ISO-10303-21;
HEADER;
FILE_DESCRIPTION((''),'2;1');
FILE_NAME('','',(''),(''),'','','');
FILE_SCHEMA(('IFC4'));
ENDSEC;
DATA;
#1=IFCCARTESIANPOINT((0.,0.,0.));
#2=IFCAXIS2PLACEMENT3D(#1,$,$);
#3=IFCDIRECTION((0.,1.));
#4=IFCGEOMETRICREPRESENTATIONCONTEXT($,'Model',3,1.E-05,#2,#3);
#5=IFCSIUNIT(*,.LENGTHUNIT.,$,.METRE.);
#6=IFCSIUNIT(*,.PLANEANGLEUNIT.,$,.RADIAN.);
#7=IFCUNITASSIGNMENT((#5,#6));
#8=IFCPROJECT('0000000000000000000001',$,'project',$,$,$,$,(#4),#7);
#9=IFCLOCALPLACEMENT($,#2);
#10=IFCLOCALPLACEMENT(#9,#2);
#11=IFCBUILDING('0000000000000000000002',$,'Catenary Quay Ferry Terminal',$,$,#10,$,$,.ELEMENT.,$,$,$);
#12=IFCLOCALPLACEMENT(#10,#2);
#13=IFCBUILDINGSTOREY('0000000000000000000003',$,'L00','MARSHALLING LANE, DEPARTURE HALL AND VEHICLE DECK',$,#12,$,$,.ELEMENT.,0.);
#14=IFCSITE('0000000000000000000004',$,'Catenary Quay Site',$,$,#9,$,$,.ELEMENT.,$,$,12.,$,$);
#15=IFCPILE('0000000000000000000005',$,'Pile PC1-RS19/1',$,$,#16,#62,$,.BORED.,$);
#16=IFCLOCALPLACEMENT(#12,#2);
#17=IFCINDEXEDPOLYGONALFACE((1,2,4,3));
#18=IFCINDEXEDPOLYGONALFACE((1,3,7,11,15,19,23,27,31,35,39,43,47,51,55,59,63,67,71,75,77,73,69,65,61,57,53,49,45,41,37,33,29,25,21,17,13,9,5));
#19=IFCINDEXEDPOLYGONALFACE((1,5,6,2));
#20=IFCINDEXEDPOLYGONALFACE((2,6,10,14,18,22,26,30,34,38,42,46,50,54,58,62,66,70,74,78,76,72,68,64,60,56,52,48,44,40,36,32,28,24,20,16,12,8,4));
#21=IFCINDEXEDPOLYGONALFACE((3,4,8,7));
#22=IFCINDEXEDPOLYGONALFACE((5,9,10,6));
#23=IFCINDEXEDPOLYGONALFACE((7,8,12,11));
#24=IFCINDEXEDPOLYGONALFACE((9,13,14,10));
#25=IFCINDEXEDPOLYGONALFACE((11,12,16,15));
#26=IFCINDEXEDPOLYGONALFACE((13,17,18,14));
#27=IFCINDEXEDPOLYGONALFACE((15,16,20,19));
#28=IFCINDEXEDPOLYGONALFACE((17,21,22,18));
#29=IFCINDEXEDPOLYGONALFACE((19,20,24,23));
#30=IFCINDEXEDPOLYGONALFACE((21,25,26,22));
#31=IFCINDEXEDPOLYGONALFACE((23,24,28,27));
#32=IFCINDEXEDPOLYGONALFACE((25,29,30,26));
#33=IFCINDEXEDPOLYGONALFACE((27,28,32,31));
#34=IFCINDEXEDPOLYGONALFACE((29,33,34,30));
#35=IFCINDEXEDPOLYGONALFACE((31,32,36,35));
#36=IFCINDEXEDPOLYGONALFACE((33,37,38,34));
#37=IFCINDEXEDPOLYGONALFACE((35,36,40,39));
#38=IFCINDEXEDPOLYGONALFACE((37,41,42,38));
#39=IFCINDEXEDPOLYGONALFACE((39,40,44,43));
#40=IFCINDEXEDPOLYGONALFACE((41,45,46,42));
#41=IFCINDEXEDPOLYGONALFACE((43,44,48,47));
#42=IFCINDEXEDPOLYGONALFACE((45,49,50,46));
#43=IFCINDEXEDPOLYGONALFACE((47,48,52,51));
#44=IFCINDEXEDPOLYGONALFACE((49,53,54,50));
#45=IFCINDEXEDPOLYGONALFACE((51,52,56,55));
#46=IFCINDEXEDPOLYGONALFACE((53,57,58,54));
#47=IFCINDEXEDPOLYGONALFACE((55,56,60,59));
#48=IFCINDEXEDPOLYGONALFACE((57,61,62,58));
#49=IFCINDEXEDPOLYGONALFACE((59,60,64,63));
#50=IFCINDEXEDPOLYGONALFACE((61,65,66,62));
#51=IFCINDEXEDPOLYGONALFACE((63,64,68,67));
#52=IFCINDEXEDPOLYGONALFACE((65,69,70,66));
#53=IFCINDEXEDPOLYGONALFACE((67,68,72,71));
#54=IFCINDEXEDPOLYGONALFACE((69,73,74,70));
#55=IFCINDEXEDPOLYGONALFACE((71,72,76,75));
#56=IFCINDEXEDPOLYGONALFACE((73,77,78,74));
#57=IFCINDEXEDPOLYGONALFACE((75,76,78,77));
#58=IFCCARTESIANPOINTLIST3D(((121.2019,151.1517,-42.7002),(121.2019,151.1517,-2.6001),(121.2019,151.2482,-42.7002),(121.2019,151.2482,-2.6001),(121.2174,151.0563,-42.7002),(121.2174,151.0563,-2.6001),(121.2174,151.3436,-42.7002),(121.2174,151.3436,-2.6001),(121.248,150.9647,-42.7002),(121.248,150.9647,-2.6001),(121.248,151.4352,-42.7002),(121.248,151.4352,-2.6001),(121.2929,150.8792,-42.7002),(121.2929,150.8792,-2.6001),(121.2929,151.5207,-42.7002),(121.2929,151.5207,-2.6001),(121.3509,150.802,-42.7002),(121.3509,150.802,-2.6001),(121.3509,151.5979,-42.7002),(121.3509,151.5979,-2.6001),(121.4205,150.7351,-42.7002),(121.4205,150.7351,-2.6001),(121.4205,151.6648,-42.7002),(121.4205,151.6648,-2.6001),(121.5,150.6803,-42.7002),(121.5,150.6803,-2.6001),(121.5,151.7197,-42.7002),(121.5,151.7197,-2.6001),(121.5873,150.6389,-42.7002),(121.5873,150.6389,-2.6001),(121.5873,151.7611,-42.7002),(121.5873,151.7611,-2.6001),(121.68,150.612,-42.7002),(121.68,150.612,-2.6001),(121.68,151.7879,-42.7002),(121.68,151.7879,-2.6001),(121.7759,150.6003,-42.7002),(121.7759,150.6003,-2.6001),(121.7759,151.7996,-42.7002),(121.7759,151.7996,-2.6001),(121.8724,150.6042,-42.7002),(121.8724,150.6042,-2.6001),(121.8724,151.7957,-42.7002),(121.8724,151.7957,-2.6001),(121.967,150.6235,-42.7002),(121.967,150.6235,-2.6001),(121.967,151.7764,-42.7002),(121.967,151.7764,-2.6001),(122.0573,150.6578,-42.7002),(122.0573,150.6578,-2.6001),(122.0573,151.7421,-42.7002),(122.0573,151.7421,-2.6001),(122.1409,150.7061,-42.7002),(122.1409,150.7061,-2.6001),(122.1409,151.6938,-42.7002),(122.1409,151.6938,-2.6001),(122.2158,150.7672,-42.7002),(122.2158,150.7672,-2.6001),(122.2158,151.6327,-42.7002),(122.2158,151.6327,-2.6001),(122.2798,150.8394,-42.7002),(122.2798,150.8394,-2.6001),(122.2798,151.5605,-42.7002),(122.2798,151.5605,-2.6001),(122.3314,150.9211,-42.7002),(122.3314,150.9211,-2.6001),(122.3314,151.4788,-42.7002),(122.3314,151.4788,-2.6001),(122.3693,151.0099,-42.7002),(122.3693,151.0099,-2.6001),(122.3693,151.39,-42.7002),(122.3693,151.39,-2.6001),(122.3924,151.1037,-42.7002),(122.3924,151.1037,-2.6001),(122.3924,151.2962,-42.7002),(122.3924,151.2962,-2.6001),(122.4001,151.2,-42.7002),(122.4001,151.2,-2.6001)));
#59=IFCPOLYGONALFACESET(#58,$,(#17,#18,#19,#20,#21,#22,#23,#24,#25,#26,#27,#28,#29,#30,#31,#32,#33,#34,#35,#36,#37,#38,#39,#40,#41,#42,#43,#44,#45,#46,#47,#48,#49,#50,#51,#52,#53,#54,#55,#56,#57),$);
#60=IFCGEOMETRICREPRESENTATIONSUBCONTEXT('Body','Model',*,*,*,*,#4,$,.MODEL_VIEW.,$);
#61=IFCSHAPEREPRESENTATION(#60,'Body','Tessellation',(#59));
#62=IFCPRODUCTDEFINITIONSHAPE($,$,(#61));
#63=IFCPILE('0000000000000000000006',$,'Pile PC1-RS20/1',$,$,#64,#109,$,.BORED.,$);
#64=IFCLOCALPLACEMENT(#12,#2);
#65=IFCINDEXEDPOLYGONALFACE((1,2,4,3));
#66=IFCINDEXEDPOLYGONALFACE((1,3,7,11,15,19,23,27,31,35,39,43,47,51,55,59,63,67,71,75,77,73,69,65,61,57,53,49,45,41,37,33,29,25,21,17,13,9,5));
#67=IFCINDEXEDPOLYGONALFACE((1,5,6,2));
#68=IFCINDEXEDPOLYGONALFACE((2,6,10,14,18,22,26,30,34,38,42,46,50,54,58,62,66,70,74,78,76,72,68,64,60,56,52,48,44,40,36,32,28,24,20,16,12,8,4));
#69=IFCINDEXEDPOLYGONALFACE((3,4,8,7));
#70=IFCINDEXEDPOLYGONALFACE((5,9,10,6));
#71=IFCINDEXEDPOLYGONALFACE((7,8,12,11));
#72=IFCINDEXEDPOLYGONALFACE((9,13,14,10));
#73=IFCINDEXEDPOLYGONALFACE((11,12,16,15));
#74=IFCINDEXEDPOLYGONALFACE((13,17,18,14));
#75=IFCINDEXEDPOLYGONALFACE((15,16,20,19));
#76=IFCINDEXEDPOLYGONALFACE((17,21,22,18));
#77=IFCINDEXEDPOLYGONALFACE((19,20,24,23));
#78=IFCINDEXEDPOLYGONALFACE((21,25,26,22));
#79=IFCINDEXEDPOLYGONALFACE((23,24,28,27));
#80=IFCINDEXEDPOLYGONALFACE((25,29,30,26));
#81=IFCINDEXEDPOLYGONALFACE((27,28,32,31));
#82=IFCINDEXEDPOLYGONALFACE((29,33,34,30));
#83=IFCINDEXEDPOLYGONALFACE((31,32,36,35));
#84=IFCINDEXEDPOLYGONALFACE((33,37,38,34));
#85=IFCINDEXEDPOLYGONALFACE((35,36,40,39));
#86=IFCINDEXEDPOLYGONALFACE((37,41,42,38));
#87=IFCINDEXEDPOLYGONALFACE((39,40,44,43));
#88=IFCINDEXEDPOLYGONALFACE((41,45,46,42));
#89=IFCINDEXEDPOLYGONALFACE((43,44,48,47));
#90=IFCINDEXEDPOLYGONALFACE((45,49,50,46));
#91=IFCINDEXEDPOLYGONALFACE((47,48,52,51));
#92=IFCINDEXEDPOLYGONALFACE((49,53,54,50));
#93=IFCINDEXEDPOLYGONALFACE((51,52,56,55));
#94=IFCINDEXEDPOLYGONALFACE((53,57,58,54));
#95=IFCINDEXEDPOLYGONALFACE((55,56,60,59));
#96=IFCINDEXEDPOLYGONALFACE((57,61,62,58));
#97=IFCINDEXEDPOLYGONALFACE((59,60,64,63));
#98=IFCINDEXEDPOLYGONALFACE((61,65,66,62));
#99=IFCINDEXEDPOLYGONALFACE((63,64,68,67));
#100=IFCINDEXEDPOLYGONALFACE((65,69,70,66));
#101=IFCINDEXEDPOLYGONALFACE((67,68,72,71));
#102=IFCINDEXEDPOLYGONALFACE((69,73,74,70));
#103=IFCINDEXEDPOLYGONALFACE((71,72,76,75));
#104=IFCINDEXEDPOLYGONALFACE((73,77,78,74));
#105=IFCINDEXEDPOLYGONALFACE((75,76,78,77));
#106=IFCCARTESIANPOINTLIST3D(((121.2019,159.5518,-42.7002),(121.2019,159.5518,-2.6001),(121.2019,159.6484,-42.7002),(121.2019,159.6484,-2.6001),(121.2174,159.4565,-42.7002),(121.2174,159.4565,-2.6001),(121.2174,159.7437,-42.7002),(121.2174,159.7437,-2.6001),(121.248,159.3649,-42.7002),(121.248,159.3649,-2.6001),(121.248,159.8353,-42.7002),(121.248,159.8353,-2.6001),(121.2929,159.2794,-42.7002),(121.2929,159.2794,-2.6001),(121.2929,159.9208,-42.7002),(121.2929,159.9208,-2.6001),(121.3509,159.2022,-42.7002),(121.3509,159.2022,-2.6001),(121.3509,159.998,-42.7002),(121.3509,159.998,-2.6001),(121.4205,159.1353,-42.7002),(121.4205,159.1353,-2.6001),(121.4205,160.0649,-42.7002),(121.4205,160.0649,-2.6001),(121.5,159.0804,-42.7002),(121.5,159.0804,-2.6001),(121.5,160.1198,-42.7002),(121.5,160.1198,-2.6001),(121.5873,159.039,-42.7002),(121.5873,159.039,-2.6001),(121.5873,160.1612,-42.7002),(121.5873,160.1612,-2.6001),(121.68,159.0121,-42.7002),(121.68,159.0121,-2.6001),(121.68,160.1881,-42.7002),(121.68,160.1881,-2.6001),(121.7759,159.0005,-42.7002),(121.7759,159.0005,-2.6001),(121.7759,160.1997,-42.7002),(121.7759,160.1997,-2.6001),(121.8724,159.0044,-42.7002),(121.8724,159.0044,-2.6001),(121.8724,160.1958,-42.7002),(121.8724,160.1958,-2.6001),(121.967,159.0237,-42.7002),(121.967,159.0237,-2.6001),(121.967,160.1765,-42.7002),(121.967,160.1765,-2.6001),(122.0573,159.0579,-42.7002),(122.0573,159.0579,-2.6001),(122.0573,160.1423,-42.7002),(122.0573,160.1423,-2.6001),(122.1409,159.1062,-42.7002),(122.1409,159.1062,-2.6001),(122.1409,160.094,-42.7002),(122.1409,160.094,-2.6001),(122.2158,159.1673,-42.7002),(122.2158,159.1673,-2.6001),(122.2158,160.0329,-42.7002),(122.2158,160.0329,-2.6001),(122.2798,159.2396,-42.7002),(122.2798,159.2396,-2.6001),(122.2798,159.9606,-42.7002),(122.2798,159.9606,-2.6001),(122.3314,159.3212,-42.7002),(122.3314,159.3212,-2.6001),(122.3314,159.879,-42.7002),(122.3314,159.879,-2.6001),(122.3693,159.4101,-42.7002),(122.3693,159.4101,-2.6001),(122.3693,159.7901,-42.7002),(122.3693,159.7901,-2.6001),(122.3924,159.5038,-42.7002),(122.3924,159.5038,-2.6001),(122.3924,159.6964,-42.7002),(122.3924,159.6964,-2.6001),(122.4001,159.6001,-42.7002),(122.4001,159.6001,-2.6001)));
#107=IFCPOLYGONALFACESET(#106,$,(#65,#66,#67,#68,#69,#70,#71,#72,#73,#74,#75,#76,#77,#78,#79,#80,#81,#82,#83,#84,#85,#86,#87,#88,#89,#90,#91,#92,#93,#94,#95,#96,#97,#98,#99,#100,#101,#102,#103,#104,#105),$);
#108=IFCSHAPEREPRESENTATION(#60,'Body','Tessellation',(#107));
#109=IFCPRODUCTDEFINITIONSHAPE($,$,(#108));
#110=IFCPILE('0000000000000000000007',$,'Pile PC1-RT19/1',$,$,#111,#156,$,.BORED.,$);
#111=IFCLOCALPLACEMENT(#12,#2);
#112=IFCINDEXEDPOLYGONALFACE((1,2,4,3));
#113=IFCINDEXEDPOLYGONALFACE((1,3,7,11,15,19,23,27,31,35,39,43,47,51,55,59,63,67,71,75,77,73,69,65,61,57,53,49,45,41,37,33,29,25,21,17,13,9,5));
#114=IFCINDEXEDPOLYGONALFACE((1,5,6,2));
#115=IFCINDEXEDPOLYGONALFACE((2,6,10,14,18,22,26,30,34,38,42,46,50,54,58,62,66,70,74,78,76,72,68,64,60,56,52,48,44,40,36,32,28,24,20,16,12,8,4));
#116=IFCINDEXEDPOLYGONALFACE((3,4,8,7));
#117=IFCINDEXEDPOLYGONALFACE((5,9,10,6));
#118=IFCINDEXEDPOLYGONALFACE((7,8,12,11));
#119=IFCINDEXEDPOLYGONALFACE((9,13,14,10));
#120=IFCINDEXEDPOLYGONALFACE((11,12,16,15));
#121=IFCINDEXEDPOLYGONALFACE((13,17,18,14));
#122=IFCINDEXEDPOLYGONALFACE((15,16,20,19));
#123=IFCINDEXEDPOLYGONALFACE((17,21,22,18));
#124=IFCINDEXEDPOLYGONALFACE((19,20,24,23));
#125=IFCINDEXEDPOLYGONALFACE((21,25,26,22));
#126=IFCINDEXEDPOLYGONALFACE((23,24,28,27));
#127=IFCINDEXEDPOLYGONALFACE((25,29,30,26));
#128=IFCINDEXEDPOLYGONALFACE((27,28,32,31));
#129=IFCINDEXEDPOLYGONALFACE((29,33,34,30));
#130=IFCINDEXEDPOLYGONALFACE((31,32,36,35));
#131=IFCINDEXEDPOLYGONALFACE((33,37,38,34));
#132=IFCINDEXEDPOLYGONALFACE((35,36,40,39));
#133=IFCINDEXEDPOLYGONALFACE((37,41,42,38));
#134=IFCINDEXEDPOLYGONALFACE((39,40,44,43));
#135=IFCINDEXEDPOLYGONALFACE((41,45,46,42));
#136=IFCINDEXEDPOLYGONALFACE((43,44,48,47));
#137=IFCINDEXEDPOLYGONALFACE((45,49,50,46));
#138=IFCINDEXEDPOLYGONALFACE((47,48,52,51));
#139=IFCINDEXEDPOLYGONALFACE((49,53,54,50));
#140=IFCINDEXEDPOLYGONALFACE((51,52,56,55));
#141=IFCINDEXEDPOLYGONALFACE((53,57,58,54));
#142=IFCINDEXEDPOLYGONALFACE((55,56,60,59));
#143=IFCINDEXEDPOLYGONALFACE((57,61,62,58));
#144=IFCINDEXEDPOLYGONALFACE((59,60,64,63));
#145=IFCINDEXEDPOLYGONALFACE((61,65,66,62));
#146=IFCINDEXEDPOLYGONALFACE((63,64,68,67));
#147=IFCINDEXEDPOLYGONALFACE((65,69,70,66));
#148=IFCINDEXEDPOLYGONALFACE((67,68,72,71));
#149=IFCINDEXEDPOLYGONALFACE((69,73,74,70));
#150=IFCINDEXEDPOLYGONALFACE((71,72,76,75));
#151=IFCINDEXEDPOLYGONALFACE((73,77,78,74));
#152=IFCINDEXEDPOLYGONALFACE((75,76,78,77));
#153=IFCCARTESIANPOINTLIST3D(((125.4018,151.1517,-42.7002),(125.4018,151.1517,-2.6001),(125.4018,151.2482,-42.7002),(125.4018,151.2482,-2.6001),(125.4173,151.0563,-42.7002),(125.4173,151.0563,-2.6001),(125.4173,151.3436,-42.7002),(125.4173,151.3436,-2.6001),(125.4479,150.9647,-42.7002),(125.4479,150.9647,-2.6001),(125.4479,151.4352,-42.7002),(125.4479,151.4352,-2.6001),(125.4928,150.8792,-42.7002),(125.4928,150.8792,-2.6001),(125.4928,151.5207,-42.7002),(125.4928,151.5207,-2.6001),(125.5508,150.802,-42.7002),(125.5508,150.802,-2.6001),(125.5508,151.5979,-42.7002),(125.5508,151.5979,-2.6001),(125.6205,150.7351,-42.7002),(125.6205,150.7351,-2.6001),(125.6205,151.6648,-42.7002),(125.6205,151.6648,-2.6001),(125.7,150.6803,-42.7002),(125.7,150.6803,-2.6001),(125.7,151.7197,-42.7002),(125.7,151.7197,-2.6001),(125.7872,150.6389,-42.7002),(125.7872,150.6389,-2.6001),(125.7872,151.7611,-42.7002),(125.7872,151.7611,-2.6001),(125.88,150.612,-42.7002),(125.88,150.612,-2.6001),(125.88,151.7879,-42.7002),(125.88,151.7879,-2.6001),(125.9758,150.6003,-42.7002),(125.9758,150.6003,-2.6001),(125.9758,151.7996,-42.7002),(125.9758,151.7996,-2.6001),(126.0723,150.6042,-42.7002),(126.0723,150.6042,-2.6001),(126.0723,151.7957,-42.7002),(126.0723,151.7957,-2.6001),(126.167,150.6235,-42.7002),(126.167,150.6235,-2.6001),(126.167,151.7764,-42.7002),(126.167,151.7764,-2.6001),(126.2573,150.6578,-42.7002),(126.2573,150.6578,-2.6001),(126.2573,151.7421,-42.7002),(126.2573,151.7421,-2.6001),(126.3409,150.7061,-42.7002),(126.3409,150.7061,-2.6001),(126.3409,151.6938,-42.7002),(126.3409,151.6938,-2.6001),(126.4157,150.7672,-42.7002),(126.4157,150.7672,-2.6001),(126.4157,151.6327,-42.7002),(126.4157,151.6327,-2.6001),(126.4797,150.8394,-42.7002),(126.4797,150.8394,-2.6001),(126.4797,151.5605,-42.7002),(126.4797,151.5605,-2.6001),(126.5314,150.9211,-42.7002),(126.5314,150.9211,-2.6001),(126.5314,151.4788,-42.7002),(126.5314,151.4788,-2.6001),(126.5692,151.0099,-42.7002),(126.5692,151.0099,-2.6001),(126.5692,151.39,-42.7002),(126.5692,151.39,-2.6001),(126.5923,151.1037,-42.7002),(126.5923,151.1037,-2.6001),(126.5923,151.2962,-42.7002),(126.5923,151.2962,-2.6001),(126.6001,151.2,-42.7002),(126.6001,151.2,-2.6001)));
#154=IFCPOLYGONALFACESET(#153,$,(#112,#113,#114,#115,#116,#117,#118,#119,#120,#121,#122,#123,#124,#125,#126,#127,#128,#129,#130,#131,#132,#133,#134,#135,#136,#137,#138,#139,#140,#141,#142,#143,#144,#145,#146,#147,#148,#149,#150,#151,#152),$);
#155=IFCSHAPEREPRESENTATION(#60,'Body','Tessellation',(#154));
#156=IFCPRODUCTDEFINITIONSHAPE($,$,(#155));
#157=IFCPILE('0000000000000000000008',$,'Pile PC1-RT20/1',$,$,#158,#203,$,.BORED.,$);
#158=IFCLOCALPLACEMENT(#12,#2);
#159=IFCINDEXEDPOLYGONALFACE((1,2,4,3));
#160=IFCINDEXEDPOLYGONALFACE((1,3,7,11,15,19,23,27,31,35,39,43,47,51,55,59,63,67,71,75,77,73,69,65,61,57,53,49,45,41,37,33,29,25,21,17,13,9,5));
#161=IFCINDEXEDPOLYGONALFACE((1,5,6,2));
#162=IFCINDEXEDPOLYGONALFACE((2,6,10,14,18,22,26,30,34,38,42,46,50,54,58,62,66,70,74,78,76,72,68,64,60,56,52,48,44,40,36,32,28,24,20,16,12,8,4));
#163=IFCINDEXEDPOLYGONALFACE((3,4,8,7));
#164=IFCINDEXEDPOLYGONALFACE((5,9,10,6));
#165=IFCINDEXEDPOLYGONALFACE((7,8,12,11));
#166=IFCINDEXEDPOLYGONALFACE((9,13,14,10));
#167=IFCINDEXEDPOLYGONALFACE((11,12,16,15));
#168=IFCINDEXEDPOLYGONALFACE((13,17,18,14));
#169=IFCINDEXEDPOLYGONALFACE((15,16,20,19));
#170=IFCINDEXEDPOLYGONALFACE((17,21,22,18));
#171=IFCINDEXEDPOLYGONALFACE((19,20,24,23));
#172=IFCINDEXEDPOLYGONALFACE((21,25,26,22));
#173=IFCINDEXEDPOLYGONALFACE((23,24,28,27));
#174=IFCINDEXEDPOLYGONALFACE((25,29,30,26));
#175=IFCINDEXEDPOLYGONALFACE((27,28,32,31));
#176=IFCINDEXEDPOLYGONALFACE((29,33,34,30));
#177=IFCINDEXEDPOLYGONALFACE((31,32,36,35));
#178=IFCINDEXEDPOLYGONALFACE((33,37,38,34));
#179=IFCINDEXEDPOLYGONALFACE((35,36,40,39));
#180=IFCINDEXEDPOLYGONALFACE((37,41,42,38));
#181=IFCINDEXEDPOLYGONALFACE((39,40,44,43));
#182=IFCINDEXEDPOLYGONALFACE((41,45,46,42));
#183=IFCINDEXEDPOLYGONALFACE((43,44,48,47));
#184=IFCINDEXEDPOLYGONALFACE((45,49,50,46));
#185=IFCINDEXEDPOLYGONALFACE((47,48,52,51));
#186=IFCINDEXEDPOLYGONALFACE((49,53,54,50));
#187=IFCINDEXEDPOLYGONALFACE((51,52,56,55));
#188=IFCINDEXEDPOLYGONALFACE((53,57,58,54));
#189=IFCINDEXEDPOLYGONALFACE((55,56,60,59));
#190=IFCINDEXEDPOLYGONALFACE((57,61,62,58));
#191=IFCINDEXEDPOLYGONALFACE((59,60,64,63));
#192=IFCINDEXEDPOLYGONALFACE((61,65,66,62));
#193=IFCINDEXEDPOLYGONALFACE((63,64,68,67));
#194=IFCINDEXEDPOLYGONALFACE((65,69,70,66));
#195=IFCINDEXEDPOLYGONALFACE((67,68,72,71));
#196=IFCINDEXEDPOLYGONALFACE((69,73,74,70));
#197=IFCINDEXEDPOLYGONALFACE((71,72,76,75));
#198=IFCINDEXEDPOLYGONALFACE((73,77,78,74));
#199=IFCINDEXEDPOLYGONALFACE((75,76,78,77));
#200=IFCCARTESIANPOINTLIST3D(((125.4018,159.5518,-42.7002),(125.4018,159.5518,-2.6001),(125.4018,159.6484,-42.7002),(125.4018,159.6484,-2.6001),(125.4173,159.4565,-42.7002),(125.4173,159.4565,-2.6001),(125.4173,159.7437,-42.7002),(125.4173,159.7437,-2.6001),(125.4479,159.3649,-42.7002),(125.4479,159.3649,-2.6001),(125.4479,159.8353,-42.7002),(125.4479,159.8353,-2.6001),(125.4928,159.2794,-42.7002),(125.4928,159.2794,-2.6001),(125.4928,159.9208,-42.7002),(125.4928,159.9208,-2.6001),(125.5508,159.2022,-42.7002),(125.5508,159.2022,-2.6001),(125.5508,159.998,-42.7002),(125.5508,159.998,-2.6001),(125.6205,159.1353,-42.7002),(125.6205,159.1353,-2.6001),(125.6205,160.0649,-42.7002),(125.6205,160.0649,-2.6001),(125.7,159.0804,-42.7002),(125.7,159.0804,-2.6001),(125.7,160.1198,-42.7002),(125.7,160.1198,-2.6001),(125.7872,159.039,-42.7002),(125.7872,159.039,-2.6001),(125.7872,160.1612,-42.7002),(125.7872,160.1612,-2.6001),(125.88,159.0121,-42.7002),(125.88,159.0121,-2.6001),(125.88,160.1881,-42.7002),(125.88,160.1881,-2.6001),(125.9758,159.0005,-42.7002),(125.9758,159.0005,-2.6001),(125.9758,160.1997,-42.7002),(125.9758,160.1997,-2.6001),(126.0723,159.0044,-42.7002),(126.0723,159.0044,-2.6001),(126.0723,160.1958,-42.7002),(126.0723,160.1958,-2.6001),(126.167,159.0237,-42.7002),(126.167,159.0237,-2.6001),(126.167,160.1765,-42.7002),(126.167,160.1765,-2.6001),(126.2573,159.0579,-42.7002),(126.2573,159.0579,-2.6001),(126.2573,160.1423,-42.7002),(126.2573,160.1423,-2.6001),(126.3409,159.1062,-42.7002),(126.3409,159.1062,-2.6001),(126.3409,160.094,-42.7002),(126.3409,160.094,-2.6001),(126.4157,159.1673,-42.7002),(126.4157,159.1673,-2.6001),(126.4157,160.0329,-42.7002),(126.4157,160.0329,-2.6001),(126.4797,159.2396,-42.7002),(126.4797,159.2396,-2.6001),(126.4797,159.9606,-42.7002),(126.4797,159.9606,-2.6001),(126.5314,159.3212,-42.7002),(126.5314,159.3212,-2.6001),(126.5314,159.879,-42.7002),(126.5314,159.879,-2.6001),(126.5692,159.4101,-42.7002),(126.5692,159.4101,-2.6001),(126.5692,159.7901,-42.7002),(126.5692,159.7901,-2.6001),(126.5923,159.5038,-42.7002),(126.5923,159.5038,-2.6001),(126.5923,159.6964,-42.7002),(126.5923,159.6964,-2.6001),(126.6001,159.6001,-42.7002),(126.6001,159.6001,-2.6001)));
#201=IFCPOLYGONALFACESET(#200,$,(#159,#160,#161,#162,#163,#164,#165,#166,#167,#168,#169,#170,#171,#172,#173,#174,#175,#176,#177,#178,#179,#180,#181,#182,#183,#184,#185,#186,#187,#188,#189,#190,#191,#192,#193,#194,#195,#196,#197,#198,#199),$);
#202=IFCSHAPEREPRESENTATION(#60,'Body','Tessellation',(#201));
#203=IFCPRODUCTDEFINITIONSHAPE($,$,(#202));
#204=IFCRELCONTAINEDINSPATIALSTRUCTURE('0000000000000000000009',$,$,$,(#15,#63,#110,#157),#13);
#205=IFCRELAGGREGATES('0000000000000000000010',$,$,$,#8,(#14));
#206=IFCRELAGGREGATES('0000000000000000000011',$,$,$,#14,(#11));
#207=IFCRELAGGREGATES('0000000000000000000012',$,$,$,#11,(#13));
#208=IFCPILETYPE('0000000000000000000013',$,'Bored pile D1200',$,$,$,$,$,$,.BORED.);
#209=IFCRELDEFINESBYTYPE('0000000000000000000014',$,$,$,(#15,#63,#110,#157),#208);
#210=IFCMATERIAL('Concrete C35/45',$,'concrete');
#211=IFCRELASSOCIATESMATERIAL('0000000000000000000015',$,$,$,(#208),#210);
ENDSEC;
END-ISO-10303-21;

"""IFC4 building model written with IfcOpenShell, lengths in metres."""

from ifc_helpers import new_model, si_unit, direction, frame, origin, origin_2d, place, context, subcontext, project, spatial, circle, extrude, material, material_profile, profile_set, type_object, element, save


model = new_model("IFC4")

# Units and contexts
model_context = context("Model", 3, precision=1e-05, world=origin(), true_north=direction((0.0, 1.0)))
body_context = subcontext(model_context, "Body", "Model", "MODEL_VIEW")
ifc_project = project(units=[si_unit("LENGTHUNIT", "METRE"), si_unit("PLANEANGLEUNIT", "RADIAN")], contexts=[model_context])

# Site, building, storey
site_placement = place(None, origin())
site = spatial("IfcSite", under=ifc_project, at=site_placement, Name="Catenary Quay Site", CompositionType="ELEMENT", RefElevation=12.0)
building_placement = place(site_placement, origin())
building = spatial("IfcBuilding", under=site, at=building_placement, Name="Catenary Quay Ferry Terminal", CompositionType="ELEMENT")
storey_placement = place(building_placement, origin())
storey = spatial("IfcBuildingStorey", under=building, at=storey_placement, Name="L00", Description="MARSHALLING LANE, DEPARTURE HALL AND VEHICLE DECK", CompositionType="ELEMENT", Elevation=0.0)

# Piles
ifc_material_1 = material(Name="Concrete C35/45", Category="concrete")
ifc_material_profile = material_profile(ifc_material_1, circle(Radius=0.6001, at=origin_2d()), Name="D1200")
ifc_profile_set = profile_set([ifc_material_profile], Name="Concrete C35/45")
pile_type = type_object("IfcPileType", Name="Bored pile D1200", PredefinedType="BORED", material=ifc_profile_set)
for number, where, z_axis, x_axis, name in (
    (1, (121.8, 151.2, -2.6001), (0.0, 0.0, -1.0), (1.0, 0.0, 0.0), "Pile PC1-RS19/1"),
    (2, (121.8, 159.6001, -2.6001), (0.0, 0.0, -1.0), (1.0, 0.0, 0.0), "Pile PC1-RS20/1"),
    (3, (126.0, 151.2, -2.6001), (0.0, 0.0, -1.0), (1.0, 0.0, 0.0), "Pile PC1-RT19/1"),
    (4, (126.0, 159.6001, -2.6001), (0.0, 0.0, -1.0), (1.0, 0.0, 0.0), "Pile PC1-RT20/1"),
):
    element("IfcPile", number, at=place(storey_placement, frame(where, z_axis=z_axis, x_axis=x_axis)), inside=storey, type_object=pile_type, Name=name, PredefinedType="BORED", context=body_context, shape_type="SweptSolid", body=[
        extrude(circle(Radius=0.6001, at=origin_2d()), origin(), (0.0, 0.0, 1.0), 40.1001),
    ])

save(model, "model.ifc")
